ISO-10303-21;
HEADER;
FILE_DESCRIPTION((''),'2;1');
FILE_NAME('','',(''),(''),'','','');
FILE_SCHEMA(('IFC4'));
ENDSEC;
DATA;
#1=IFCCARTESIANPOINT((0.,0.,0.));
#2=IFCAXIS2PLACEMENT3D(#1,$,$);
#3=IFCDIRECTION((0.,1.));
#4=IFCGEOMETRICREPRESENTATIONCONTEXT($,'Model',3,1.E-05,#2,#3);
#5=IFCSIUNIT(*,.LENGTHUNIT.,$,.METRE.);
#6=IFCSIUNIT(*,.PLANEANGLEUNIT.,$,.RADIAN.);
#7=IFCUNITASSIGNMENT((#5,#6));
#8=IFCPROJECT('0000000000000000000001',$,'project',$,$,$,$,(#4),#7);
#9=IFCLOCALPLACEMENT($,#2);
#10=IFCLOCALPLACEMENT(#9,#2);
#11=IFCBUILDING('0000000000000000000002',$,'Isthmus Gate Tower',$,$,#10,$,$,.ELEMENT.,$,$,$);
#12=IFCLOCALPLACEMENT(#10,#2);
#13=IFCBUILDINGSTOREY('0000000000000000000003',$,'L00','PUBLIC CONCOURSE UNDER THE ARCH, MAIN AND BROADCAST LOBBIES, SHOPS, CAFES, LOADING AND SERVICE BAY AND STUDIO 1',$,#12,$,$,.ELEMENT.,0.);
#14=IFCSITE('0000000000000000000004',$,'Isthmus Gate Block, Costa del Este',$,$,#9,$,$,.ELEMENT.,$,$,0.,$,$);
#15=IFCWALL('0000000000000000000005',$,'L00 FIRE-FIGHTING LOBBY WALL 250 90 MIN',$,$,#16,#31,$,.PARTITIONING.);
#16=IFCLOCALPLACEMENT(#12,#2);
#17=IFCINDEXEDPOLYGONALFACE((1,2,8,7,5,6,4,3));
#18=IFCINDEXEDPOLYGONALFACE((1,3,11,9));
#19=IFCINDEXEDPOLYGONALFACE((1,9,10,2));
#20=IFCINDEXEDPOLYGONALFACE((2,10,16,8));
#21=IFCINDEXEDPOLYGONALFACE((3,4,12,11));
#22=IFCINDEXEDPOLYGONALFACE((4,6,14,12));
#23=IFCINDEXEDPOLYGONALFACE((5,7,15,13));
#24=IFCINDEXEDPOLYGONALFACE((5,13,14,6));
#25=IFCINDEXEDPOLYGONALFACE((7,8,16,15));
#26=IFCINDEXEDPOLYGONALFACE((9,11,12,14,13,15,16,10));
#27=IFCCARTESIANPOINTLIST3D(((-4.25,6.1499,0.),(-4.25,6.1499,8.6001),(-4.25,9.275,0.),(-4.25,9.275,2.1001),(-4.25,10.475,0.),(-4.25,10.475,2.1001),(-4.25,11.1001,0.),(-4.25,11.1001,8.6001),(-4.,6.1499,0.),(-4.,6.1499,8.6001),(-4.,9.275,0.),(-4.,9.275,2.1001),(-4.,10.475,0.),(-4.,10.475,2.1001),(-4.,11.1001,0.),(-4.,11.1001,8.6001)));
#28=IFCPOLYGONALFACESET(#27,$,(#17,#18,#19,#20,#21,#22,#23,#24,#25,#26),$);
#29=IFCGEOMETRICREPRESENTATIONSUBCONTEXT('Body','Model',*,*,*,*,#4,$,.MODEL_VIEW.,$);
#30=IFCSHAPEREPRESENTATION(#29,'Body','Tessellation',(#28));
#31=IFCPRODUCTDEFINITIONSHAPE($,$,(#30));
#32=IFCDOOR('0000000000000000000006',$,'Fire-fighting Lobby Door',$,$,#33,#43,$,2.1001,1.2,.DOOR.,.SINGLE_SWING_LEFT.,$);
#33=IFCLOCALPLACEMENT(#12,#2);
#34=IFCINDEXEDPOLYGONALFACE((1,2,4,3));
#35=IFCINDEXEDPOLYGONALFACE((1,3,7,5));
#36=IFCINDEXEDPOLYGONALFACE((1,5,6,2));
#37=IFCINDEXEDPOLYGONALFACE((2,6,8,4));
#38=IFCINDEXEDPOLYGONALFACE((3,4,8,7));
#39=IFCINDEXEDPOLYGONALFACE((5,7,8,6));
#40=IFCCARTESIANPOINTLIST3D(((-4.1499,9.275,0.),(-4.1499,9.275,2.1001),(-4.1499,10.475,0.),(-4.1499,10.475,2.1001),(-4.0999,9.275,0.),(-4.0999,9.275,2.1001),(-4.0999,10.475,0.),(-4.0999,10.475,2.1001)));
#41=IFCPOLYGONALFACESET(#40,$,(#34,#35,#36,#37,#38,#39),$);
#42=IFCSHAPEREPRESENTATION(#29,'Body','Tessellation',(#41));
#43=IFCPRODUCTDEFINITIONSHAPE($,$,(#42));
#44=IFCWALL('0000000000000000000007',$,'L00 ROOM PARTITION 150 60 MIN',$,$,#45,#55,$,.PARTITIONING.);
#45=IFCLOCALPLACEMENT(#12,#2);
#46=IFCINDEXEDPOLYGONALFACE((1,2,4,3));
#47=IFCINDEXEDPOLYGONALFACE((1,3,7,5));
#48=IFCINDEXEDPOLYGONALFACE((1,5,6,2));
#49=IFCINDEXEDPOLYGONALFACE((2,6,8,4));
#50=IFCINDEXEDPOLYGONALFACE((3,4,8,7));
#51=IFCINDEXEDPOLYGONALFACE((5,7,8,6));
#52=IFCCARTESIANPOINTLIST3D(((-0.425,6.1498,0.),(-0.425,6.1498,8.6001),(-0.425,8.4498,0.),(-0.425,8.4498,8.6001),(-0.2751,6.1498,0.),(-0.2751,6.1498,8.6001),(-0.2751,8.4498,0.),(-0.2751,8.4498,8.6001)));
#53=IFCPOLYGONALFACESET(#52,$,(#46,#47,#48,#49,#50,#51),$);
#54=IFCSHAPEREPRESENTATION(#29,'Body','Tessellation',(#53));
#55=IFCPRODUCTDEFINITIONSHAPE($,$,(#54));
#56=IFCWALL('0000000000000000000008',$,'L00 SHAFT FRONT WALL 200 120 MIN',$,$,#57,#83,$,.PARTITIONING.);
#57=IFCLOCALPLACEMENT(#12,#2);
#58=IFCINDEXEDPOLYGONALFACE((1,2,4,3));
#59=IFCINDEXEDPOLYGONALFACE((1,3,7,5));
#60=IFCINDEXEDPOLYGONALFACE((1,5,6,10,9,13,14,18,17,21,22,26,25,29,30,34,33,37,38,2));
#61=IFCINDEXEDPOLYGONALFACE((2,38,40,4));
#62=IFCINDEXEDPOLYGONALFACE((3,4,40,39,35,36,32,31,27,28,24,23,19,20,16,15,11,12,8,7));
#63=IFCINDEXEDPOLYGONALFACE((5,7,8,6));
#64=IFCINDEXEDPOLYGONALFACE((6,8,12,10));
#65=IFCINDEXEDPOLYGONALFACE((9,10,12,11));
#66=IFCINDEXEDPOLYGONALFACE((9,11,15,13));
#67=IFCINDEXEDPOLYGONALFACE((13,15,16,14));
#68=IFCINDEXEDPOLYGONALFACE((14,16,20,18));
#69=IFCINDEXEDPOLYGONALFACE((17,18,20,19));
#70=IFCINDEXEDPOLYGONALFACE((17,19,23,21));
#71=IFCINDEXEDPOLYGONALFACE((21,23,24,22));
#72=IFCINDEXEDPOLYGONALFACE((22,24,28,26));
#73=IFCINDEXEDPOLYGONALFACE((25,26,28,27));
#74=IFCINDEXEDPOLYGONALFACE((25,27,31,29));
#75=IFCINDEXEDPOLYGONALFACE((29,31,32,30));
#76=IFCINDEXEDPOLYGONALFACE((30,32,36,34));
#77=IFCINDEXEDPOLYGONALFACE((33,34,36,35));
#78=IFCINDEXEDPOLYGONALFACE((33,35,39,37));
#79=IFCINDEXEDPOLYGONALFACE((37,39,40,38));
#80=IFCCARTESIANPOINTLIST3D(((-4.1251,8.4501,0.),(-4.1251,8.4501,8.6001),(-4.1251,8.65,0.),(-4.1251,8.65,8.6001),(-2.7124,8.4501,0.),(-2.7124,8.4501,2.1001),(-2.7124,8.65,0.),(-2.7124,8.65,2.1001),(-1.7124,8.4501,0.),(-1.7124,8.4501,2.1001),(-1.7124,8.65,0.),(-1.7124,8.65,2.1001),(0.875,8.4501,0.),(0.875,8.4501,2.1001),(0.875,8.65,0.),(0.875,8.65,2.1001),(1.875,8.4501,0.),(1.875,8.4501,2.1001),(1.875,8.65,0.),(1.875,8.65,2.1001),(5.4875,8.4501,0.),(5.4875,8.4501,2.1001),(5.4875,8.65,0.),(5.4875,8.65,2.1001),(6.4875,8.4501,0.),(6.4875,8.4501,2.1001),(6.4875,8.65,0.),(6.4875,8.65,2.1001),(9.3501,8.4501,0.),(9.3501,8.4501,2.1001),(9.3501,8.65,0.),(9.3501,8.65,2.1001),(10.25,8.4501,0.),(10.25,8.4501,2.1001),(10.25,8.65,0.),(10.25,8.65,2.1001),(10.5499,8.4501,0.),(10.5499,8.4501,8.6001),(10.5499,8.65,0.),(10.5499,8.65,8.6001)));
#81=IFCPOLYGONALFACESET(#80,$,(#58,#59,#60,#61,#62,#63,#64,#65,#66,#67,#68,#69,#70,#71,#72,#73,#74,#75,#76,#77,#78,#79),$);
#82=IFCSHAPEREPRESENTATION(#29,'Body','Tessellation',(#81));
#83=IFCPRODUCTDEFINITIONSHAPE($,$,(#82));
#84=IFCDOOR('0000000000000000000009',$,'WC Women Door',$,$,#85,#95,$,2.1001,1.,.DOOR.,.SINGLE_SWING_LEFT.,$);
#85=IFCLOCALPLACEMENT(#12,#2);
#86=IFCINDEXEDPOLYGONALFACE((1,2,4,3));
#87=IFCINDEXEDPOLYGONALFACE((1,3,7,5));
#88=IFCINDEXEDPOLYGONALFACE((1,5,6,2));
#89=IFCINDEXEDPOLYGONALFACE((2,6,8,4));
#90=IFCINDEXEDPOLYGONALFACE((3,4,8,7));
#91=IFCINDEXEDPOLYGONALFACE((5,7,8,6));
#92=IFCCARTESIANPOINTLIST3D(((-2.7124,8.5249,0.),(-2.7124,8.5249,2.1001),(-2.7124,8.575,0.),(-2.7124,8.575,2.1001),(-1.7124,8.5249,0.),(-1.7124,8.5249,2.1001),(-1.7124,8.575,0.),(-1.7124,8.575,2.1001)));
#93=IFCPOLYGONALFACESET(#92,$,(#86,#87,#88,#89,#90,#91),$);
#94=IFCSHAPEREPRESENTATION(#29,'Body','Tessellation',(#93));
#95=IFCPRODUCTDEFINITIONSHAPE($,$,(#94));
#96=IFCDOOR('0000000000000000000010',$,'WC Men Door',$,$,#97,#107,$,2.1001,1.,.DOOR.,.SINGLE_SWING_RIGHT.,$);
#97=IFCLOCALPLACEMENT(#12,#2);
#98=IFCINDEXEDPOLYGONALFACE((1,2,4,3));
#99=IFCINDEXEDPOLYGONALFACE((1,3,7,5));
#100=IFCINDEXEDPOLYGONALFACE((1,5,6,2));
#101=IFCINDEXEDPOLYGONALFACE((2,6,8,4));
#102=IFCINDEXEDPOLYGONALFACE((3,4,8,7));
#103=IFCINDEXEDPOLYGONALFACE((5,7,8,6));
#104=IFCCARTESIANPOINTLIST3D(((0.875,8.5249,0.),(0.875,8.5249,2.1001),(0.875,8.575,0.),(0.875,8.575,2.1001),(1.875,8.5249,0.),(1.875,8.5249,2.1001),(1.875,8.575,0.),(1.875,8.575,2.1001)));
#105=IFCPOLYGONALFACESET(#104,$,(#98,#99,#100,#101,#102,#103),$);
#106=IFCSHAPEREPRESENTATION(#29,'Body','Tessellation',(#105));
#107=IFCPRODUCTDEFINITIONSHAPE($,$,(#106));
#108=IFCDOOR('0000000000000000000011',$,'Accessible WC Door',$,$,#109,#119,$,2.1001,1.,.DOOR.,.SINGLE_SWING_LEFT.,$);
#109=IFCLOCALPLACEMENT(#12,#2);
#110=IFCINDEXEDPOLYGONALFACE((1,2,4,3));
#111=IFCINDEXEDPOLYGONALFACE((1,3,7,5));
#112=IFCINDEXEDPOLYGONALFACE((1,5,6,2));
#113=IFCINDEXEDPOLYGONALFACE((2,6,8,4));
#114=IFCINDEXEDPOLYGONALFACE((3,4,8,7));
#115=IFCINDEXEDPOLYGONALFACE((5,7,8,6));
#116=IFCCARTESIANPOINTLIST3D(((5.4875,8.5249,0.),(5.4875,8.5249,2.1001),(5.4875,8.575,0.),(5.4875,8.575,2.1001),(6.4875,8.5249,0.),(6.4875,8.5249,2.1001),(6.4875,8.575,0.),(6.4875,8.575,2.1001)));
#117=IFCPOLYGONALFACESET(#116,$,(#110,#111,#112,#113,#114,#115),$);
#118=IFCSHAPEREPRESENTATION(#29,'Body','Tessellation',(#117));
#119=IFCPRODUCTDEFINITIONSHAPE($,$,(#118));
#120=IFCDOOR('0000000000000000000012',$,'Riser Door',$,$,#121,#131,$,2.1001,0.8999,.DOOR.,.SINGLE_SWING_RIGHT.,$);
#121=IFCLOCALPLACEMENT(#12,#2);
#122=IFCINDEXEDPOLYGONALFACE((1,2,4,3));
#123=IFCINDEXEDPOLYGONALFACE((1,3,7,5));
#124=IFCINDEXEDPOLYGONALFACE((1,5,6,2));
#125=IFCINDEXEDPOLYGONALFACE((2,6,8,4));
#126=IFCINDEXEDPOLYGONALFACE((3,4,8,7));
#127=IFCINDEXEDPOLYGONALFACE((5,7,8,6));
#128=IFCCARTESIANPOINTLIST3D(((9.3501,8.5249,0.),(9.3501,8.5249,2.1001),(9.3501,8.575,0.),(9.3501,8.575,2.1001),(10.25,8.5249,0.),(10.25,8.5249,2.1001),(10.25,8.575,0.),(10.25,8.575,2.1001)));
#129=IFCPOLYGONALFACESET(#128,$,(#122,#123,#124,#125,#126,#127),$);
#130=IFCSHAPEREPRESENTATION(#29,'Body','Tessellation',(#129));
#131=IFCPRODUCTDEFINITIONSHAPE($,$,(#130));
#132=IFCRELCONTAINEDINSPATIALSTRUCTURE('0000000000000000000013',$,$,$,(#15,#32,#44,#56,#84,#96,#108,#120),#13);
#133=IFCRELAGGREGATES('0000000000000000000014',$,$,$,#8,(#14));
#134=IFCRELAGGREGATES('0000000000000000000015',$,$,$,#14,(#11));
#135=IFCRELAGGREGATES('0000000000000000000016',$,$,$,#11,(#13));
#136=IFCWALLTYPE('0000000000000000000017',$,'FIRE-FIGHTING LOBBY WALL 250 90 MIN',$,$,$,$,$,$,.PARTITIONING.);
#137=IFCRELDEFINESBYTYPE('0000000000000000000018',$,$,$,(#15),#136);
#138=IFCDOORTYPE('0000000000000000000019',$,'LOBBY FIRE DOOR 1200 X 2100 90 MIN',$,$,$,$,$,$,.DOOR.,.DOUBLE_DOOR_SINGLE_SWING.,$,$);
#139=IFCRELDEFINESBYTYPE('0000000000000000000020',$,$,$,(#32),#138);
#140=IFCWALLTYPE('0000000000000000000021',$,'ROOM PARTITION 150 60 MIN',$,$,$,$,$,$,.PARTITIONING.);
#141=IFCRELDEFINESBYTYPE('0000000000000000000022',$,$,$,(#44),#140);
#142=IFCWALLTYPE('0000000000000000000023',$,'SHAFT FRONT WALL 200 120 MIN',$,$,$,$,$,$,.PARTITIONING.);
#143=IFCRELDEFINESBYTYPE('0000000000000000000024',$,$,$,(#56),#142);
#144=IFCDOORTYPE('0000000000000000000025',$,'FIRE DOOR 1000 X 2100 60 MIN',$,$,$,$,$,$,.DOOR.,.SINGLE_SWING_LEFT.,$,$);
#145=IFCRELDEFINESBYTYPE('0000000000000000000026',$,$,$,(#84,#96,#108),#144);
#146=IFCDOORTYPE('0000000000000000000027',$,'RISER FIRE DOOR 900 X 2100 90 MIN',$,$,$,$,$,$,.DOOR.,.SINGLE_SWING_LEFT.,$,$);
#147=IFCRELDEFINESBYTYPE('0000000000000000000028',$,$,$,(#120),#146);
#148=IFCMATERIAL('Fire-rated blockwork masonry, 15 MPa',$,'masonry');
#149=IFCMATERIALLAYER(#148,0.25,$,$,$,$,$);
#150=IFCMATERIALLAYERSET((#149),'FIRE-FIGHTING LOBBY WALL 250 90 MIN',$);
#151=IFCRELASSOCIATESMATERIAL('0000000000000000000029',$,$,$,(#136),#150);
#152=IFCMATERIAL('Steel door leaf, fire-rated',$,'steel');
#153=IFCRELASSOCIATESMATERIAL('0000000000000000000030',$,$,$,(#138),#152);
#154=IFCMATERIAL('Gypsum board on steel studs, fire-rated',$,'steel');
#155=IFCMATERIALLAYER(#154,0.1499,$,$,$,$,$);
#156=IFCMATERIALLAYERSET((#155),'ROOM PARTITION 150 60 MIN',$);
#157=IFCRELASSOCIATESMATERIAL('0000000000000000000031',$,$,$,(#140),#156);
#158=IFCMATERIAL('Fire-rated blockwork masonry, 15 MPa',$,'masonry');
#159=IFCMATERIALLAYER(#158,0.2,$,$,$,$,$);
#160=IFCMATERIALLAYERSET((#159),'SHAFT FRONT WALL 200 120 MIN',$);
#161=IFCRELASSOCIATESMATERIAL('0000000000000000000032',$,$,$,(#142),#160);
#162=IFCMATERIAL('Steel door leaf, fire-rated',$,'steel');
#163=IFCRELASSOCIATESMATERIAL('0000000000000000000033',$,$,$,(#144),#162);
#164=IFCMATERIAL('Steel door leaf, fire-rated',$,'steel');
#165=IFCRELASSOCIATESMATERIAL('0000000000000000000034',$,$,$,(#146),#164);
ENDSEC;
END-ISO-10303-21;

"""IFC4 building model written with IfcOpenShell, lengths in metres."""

from ifc_helpers import new_model, si_unit, direction, frame, frame_2d, origin, place, context, subcontext, project, spatial, rectangle, extrude, material, layer, layer_set, type_object, element, fill, save


model = new_model("IFC4")

# Units and contexts
model_context = context("Model", 3, precision=1e-05, world=origin(), true_north=direction((0.0, 1.0)))
body_context = subcontext(model_context, "Body", "Model", "MODEL_VIEW")
ifc_project = project(units=[si_unit("LENGTHUNIT", "METRE"), si_unit("PLANEANGLEUNIT", "RADIAN")], contexts=[model_context])

# Site, building, storey
site_placement = place(None, origin())
site = spatial("IfcSite", under=ifc_project, at=site_placement, Name="Isthmus Gate Block, Costa del Este", CompositionType="ELEMENT", RefElevation=0.0)
building_placement = place(site_placement, origin())
building = spatial("IfcBuilding", under=site, at=building_placement, Name="Isthmus Gate Tower", CompositionType="ELEMENT")
storey_placement = place(building_placement, origin())
storey = spatial("IfcBuildingStorey", under=building, at=storey_placement, Name="L00", Description="PUBLIC CONCOURSE UNDER THE ARCH, MAIN AND BROADCAST LOBBIES, SHOPS, CAFES, LOADING AND SERVICE BAY AND STUDIO 1", CompositionType="ELEMENT", Elevation=0.0)

# Wall, opening, door
ifc_material_1 = material(Name="Fire-rated blockwork masonry, 15 MPa", Category="masonry")
ifc_layer_1 = layer(ifc_material_1, 0.25)
ifc_layer_set_1 = layer_set([ifc_layer_1], Name="FIRE-FIGHTING LOBBY WALL 250 90 MIN")
wall_type_1 = type_object("IfcWallType", Name="FIRE-FIGHTING LOBBY WALL 250 90 MIN", PredefinedType="PARTITIONING", material=ifc_layer_set_1)
wall_1_placement = place(storey_placement, frame((-4.125, 6.1499, 0.0), z_axis=(0.0, 0.0, 1.0), x_axis=(0.0, 1.0, 0.0)))
wall_1 = element("IfcWall", 1, at=wall_1_placement, inside=storey, type_object=wall_type_1, Name="L00 FIRE-FIGHTING LOBBY WALL 250 90 MIN", PredefinedType="PARTITIONING", context=body_context, shape_type="SweptSolid", body=[
    extrude(rectangle(XDim=4.9502, YDim=0.25, at=frame_2d((2.4751, 0.0))), origin(), (0.0, 0.0, 1.0), 8.6001),
])
opening_1_placement = place(wall_1_placement, frame((3.125, 0.0, 0.0)))
opening_1 = element("IfcOpeningElement", 2, at=opening_1_placement, cuts=wall_1, PredefinedType="OPENING", context=body_context, shape_type="SweptSolid", body=[
    extrude(rectangle(XDim=1.2, YDim=2.1001, at=frame_2d((0.6001, 1.05))), frame((0.0, 0.135, 0.0), z_axis=(0.0, -1.0, 0.0), x_axis=(1.0, 0.0, 0.0)), (0.0, 0.0, 1.0), 0.27),
])
ifc_material_2 = material(Name="Steel door leaf, fire-rated", Category="steel")
door_type_1 = type_object("IfcDoorType", Name="LOBBY FIRE DOOR 1200 X 2100 90 MIN", OperationType="DOUBLE_DOOR_SINGLE_SWING", PredefinedType="DOOR", material=ifc_material_2)
door_1_placement = place(opening_1_placement, origin())
door_1 = element("IfcDoor", 3, at=door_1_placement, inside=storey, type_object=door_type_1, Name="Fire-fighting Lobby Door", OperationType="SINGLE_SWING_LEFT", OverallHeight=2.1001, OverallWidth=1.2, PredefinedType="DOOR", context=body_context, shape_type="SweptSolid", body=[
    extrude(rectangle(XDim=1.2, YDim=2.1001, at=frame_2d((0.6001, 1.05))), frame((0.0, 0.0249, 0.0), z_axis=(0.0, -1.0, 0.0), x_axis=(1.0, 0.0, 0.0)), (0.0, 0.0, 1.0), 0.05),
])
fill(opening_1, door_1)

# Wall
ifc_material_3 = material(Name="Gypsum board on steel studs, fire-rated", Category="steel")
ifc_layer_2 = layer(ifc_material_3, 0.1499)
ifc_layer_set_2 = layer_set([ifc_layer_2], Name="ROOM PARTITION 150 60 MIN")
wall_type_2 = type_object("IfcWallType", Name="ROOM PARTITION 150 60 MIN", PredefinedType="PARTITIONING", material=ifc_layer_set_2)
wall_2_placement = place(storey_placement, frame((-0.3501, 6.1499, 0.0), z_axis=(0.0, 0.0, 1.0), x_axis=(0.0, 1.0, 0.0)))
element("IfcWall", 4, at=wall_2_placement, inside=storey, type_object=wall_type_2, Name="L00 ROOM PARTITION 150 60 MIN", PredefinedType="PARTITIONING", context=body_context, shape_type="SweptSolid", body=[
    extrude(rectangle(XDim=2.3, YDim=0.1499, at=frame_2d((1.1499, 0.0))), origin(), (0.0, 0.0, 1.0), 8.6001),
])

# Wall, openings, doors
ifc_material_4 = material(Name="Fire-rated blockwork masonry, 15 MPa", Category="masonry")
ifc_layer_3 = layer(ifc_material_4, 0.2)
ifc_layer_set_3 = layer_set([ifc_layer_3], Name="SHAFT FRONT WALL 200 120 MIN")
wall_type_3 = type_object("IfcWallType", Name="SHAFT FRONT WALL 200 120 MIN", PredefinedType="PARTITIONING", material=ifc_layer_set_3)
wall_3_placement = place(storey_placement, frame((-4.125, 8.55, 0.0), z_axis=(0.0, 0.0, 1.0), x_axis=(1.0, 0.0, 0.0)))
wall_3 = element("IfcWall", 5, at=wall_3_placement, inside=storey, type_object=wall_type_3, Name="L00 SHAFT FRONT WALL 200 120 MIN", PredefinedType="PARTITIONING", context=body_context, shape_type="SweptSolid", body=[
    extrude(rectangle(XDim=14.675, YDim=0.2, at=frame_2d((7.3374, 0.0))), origin(), (0.0, 0.0, 1.0), 8.6001),
])
opening_2_placement = place(wall_3_placement, frame((1.4126, 0.0, 0.0)))
opening_2 = element("IfcOpeningElement", 6, at=opening_2_placement, cuts=wall_3, PredefinedType="OPENING", context=body_context, shape_type="SweptSolid", body=[
    extrude(rectangle(XDim=1.0, YDim=2.1001, at=frame_2d((0.5, 1.05))), frame((0.0, 0.1099, 0.0), z_axis=(0.0, -1.0, 0.0), x_axis=(1.0, 0.0, 0.0)), (0.0, 0.0, 1.0), 0.22),
])
opening_3_placement = place(wall_3_placement, frame((5.0, 0.0, 0.0)))
opening_3 = element("IfcOpeningElement", 7, at=opening_3_placement, cuts=wall_3, PredefinedType="OPENING", context=body_context, shape_type="SweptSolid", body=[
    extrude(rectangle(XDim=1.0, YDim=2.1001, at=frame_2d((0.5, 1.05))), frame((0.0, 0.1099, 0.0), z_axis=(0.0, -1.0, 0.0), x_axis=(1.0, 0.0, 0.0)), (0.0, 0.0, 1.0), 0.22),
])
opening_4_placement = place(wall_3_placement, frame((9.6125, 0.0, 0.0)))
opening_4 = element("IfcOpeningElement", 8, at=opening_4_placement, cuts=wall_3, PredefinedType="OPENING", context=body_context, shape_type="SweptSolid", body=[
    extrude(rectangle(XDim=1.0, YDim=2.1001, at=frame_2d((0.5, 1.05))), frame((0.0, 0.1099, 0.0), z_axis=(0.0, -1.0, 0.0), x_axis=(1.0, 0.0, 0.0)), (0.0, 0.0, 1.0), 0.22),
])
opening_5_placement = place(wall_3_placement, frame((13.4751, 0.0, 0.0)))
opening_5 = element("IfcOpeningElement", 9, at=opening_5_placement, cuts=wall_3, PredefinedType="OPENING", context=body_context, shape_type="SweptSolid", body=[
    extrude(rectangle(XDim=0.8999, YDim=2.1001, at=frame_2d((0.45, 1.05))), frame((0.0, 0.1099, 0.0), z_axis=(0.0, -1.0, 0.0), x_axis=(1.0, 0.0, 0.0)), (0.0, 0.0, 1.0), 0.22),
])
ifc_material_5 = material(Name="Steel door leaf, fire-rated", Category="steel")
door_type_2 = type_object("IfcDoorType", Name="FIRE DOOR 1000 X 2100 60 MIN", OperationType="SINGLE_SWING_LEFT", PredefinedType="DOOR", material=ifc_material_5)
door_2_placement = place(opening_2_placement, origin())
door_2 = element("IfcDoor", 10, at=door_2_placement, inside=storey, type_object=door_type_2, Name="WC Women Door", OperationType="SINGLE_SWING_LEFT", OverallHeight=2.1001, OverallWidth=1.0, PredefinedType="DOOR", context=body_context, shape_type="SweptSolid", body=[
    extrude(rectangle(XDim=1.0, YDim=2.1001, at=frame_2d((0.5, 1.05))), frame((0.0, 0.0249, 0.0), z_axis=(0.0, -1.0, 0.0), x_axis=(1.0, 0.0, 0.0)), (0.0, 0.0, 1.0), 0.05),
])
fill(opening_2, door_2)
door_3_placement = place(opening_3_placement, origin())
door_3 = element("IfcDoor", 11, at=door_3_placement, inside=storey, type_object=door_type_2, Name="WC Men Door", OperationType="SINGLE_SWING_RIGHT", OverallHeight=2.1001, OverallWidth=1.0, PredefinedType="DOOR", context=body_context, shape_type="SweptSolid", body=[
    extrude(rectangle(XDim=1.0, YDim=2.1001, at=frame_2d((0.5, 1.05))), frame((0.0, 0.0249, 0.0), z_axis=(0.0, -1.0, 0.0), x_axis=(1.0, 0.0, 0.0)), (0.0, 0.0, 1.0), 0.05),
])
fill(opening_3, door_3)
door_4_placement = place(opening_4_placement, origin())
door_4 = element("IfcDoor", 12, at=door_4_placement, inside=storey, type_object=door_type_2, Name="Accessible WC Door", OperationType="SINGLE_SWING_LEFT", OverallHeight=2.1001, OverallWidth=1.0, PredefinedType="DOOR", context=body_context, shape_type="SweptSolid", body=[
    extrude(rectangle(XDim=1.0, YDim=2.1001, at=frame_2d((0.5, 1.05))), frame((0.0, 0.0249, 0.0), z_axis=(0.0, -1.0, 0.0), x_axis=(1.0, 0.0, 0.0)), (0.0, 0.0, 1.0), 0.05),
])
fill(opening_4, door_4)
ifc_material_6 = material(Name="Steel door leaf, fire-rated", Category="steel")
door_type_3 = type_object("IfcDoorType", Name="RISER FIRE DOOR 900 X 2100 90 MIN", OperationType="SINGLE_SWING_LEFT", PredefinedType="DOOR", material=ifc_material_6)
door_5_placement = place(opening_5_placement, origin())
door_5 = element("IfcDoor", 13, at=door_5_placement, inside=storey, type_object=door_type_3, Name="Riser Door", OperationType="SINGLE_SWING_RIGHT", OverallHeight=2.1001, OverallWidth=0.8999, PredefinedType="DOOR", context=body_context, shape_type="SweptSolid", body=[
    extrude(rectangle(XDim=0.8999, YDim=2.1001, at=frame_2d((0.45, 1.05))), frame((0.0, 0.0249, 0.0), z_axis=(0.0, -1.0, 0.0), x_axis=(1.0, 0.0, 0.0)), (0.0, 0.0, 1.0), 0.05),
])
fill(opening_5, door_5)

save(model, "model.ifc")
